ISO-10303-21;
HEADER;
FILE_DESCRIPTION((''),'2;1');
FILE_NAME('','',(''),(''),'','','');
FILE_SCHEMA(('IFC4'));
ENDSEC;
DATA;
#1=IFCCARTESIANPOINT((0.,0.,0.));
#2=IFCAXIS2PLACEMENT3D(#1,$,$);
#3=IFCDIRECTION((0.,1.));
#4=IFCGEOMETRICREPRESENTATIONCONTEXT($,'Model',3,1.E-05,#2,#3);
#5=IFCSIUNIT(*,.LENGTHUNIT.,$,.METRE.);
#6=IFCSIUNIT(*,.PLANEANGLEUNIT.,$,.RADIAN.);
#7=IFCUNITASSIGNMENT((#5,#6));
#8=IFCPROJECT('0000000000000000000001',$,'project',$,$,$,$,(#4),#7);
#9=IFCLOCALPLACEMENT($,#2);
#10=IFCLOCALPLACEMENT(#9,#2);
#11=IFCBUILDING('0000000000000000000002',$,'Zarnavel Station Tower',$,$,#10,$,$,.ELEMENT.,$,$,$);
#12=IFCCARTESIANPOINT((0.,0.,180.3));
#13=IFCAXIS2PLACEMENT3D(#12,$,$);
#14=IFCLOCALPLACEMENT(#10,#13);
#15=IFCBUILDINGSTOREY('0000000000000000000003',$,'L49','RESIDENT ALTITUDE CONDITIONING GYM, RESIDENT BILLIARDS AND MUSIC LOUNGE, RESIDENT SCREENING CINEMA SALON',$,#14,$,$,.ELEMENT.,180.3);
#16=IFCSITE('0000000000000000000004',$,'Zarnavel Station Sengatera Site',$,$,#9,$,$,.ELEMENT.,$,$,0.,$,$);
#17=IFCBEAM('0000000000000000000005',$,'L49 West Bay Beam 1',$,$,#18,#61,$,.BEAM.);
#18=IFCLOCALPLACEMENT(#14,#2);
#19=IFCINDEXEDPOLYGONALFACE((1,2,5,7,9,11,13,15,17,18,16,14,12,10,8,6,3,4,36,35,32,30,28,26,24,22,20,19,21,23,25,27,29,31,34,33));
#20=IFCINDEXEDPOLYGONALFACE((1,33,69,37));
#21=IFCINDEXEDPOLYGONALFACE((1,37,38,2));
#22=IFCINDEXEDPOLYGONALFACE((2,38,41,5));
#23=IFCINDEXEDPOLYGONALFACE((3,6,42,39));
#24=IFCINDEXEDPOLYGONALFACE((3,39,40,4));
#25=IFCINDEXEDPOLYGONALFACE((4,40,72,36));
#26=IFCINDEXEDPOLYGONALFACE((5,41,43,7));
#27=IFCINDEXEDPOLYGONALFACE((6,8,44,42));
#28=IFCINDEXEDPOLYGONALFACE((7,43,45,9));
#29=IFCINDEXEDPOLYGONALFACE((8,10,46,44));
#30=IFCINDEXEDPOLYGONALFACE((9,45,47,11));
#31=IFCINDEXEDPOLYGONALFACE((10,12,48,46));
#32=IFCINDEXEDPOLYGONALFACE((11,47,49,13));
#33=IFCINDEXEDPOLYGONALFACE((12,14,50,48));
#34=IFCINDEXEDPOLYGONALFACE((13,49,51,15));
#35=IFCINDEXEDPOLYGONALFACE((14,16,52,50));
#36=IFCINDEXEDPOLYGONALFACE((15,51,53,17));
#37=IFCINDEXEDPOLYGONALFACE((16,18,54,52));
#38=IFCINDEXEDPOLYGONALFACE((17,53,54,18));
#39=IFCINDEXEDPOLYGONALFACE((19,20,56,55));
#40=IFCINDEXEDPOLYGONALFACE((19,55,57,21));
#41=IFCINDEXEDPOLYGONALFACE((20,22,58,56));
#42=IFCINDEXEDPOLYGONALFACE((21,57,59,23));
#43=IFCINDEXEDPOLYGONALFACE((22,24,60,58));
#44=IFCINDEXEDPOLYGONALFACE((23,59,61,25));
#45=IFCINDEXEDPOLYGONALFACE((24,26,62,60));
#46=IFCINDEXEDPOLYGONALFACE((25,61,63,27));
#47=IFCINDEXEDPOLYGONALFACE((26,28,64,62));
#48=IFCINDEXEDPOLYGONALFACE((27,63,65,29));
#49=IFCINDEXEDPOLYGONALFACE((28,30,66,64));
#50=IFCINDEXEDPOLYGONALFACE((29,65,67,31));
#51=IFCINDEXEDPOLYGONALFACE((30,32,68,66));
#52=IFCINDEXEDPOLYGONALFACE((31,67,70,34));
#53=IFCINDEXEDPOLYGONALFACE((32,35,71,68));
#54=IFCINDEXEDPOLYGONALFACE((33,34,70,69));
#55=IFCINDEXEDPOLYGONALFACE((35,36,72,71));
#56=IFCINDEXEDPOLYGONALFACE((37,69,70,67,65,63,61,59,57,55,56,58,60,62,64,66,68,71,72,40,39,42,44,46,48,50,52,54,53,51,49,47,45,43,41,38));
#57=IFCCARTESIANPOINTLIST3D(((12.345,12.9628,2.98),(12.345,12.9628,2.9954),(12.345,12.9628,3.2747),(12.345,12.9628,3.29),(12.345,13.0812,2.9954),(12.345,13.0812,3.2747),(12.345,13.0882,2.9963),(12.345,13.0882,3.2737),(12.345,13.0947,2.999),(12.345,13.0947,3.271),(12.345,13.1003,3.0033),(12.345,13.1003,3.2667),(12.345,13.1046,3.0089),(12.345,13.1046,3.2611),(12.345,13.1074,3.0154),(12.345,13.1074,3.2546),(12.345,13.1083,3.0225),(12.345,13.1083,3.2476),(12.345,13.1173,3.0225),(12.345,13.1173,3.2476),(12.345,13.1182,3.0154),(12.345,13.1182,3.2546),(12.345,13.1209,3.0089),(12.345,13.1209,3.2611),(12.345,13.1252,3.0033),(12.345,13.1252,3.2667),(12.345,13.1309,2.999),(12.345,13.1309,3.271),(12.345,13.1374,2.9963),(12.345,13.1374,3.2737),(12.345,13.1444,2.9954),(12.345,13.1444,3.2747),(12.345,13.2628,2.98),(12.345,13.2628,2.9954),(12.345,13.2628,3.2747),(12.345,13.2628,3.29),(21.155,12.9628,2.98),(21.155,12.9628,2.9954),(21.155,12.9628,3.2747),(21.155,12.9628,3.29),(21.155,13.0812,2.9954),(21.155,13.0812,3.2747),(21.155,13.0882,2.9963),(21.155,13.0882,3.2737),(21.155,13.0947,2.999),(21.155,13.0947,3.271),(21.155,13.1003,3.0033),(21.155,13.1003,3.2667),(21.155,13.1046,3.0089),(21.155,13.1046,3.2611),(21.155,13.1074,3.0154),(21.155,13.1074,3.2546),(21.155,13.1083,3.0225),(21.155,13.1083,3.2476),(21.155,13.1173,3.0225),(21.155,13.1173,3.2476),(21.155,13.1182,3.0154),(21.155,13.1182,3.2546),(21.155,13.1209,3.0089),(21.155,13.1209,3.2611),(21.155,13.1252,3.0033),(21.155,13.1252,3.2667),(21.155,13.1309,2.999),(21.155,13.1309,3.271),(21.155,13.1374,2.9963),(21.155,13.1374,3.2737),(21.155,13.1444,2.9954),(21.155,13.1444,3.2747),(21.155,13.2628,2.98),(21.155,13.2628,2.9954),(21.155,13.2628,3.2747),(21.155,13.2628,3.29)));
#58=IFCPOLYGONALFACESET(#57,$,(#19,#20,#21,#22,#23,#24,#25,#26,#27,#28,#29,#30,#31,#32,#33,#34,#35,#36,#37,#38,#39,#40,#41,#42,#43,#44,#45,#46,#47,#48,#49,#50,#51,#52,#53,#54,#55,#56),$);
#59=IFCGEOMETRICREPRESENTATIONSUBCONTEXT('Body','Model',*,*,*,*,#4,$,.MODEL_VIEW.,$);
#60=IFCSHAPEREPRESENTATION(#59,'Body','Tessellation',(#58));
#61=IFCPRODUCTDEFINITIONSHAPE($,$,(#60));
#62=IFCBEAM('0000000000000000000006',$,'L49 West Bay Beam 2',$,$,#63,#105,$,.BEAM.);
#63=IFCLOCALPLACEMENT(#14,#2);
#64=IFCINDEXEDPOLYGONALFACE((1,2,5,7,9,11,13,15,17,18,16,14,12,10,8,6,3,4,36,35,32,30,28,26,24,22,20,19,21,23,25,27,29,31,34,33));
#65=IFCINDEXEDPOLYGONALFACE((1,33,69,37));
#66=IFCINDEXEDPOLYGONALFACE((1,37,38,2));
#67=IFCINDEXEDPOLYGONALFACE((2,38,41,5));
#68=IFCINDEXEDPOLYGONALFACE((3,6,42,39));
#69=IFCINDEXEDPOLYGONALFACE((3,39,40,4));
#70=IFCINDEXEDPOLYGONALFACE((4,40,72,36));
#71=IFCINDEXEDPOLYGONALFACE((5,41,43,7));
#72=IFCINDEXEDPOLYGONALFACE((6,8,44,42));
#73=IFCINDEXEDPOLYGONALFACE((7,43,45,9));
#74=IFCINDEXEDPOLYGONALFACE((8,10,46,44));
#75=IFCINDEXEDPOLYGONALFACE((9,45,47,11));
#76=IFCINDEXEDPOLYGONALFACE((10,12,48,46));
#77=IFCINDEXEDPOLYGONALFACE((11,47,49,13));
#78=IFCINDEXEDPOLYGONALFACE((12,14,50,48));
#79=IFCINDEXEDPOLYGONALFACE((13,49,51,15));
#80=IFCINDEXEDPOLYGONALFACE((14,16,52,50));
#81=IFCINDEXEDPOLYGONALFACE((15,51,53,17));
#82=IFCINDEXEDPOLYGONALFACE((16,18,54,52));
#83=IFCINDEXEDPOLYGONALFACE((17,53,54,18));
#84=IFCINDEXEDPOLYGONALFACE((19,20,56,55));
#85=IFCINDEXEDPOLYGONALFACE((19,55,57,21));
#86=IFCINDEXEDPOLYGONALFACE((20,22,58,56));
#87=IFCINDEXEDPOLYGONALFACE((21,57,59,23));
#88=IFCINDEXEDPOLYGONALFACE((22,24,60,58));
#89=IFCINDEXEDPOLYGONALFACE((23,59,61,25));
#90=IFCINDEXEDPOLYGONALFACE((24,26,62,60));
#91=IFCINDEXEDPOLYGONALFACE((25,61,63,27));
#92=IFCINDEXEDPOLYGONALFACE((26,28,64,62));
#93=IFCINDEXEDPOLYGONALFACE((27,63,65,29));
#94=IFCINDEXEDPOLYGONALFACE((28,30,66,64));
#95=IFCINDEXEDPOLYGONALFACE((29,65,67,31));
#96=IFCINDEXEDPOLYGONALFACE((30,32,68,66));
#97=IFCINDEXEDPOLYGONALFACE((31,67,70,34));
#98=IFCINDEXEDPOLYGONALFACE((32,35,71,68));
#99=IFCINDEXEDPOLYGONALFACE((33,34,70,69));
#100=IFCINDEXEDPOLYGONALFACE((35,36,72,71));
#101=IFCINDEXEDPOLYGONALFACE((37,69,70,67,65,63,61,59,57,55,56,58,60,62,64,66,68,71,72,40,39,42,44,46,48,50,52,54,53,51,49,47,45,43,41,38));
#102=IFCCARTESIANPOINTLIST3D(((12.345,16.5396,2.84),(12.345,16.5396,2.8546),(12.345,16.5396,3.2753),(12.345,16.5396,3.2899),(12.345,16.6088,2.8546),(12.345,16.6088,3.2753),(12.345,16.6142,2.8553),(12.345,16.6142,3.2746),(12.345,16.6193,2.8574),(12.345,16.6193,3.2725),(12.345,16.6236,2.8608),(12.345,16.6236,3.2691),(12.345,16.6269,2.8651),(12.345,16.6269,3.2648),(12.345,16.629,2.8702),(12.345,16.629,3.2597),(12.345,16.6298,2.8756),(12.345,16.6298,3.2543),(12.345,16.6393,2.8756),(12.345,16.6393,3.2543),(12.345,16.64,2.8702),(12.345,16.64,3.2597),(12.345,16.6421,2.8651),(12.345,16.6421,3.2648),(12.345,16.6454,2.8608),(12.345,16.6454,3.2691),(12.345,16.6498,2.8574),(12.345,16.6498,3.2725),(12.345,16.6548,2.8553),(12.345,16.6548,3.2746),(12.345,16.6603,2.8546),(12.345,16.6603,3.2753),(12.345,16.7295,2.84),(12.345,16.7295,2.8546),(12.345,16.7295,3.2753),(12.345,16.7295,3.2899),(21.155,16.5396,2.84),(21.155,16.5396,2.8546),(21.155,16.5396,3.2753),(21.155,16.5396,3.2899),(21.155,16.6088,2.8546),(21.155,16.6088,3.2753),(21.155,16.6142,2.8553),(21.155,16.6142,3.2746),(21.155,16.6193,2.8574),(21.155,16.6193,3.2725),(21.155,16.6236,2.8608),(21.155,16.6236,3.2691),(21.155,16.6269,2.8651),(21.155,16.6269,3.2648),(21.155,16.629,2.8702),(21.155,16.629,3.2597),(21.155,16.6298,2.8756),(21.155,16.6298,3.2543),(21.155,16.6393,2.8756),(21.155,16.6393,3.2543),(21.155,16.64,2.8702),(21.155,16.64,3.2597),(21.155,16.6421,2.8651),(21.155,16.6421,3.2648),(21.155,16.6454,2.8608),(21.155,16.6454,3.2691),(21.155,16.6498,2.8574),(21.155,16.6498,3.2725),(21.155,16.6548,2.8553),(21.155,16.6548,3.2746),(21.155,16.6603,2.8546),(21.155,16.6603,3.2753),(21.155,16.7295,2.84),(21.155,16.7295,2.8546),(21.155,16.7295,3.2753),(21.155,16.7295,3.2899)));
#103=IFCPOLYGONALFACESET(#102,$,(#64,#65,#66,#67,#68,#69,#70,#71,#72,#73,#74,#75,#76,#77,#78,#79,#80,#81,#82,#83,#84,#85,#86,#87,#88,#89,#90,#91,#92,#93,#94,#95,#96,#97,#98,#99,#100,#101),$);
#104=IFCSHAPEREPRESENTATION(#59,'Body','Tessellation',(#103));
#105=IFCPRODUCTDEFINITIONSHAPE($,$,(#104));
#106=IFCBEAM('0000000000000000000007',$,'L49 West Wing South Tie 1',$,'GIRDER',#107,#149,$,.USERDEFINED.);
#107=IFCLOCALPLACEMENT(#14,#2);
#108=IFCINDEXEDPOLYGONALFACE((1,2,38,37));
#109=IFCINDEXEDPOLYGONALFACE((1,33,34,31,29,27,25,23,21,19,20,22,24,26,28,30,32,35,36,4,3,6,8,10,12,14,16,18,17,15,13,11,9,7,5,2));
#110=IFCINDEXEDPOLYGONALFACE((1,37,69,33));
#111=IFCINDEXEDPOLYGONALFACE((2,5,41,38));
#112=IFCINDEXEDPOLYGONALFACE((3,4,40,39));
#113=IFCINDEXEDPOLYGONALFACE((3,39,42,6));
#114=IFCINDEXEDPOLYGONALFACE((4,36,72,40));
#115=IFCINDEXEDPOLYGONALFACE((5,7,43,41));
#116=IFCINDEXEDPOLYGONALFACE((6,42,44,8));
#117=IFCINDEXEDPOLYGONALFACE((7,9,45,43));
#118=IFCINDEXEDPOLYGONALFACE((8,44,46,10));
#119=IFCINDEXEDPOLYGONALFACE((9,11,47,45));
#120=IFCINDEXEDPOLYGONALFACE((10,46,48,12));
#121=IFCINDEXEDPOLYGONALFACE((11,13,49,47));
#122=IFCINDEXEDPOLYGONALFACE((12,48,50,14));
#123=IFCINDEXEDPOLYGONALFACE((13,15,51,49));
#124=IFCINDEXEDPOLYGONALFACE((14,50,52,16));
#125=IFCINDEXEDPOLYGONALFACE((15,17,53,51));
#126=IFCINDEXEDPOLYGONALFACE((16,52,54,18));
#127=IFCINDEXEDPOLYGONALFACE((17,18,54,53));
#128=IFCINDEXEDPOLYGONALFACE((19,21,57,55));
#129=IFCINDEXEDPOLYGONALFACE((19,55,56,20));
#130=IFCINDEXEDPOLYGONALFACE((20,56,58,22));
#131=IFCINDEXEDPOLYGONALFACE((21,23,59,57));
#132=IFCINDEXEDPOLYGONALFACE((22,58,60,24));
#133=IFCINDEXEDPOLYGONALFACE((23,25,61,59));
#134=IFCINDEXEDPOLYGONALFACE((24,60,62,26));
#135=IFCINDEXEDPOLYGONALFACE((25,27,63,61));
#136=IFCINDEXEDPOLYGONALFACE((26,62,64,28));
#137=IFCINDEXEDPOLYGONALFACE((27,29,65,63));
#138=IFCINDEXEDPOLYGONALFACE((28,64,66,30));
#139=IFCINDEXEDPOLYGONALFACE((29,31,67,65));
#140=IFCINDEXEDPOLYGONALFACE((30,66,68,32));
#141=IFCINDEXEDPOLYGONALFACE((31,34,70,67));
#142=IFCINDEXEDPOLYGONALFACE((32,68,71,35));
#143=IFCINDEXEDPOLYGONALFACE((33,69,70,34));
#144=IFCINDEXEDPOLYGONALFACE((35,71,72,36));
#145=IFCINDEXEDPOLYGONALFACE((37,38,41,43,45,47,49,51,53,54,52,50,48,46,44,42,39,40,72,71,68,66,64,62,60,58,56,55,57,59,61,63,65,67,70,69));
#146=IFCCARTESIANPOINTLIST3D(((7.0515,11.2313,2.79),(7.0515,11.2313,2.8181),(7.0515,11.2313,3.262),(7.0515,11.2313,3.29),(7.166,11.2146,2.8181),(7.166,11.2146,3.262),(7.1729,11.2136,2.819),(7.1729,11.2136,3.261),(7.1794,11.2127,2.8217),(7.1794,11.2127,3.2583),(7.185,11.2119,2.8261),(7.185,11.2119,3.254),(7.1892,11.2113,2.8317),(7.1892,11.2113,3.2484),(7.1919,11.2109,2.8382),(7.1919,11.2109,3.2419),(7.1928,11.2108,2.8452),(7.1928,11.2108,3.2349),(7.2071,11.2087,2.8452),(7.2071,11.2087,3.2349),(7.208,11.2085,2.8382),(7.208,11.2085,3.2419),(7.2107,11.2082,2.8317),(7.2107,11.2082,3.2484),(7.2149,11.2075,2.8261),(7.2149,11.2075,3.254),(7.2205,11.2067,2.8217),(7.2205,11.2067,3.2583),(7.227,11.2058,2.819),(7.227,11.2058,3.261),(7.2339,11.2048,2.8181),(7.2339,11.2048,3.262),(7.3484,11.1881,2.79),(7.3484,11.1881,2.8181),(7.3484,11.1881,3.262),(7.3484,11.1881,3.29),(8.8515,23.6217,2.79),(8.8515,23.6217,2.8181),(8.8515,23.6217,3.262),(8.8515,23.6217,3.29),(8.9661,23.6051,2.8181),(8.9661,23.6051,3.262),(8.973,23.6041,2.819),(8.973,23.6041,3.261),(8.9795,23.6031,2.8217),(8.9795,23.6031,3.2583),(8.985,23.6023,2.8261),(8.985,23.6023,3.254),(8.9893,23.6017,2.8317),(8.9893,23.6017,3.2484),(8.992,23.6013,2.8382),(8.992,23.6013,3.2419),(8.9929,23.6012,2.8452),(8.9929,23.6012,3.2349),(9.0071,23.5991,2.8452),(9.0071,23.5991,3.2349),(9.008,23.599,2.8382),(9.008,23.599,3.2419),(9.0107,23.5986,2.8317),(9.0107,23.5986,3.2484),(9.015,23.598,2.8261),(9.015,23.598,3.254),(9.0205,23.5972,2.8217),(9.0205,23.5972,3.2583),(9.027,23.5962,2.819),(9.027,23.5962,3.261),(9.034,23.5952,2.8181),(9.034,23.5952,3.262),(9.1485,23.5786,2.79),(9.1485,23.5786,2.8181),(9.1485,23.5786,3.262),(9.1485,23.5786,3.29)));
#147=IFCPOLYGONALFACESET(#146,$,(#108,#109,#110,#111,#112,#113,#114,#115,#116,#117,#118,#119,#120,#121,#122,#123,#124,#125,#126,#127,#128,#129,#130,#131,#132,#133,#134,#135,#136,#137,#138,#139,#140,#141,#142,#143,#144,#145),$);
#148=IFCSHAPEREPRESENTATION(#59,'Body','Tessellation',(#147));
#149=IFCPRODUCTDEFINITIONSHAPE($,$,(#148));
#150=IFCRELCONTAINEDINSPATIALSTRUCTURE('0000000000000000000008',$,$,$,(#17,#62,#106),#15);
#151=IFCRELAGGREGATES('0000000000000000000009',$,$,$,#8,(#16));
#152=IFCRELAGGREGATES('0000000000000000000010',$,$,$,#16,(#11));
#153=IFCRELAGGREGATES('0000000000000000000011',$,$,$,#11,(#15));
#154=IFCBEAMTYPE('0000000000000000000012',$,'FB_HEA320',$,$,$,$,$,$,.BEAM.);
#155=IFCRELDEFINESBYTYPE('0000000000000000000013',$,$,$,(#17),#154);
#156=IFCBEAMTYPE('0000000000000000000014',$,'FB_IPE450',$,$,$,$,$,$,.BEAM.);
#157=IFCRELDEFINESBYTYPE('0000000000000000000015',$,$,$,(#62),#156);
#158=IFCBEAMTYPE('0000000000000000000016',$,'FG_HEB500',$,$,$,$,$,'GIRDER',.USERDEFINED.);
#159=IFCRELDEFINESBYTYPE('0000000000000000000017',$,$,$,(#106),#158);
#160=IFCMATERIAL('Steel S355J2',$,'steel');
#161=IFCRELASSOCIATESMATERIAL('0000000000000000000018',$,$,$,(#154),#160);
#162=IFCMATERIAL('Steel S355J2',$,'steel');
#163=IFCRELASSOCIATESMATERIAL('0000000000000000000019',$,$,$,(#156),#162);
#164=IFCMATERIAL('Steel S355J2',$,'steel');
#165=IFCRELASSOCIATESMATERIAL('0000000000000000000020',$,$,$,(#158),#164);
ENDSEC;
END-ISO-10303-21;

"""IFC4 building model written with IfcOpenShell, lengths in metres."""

from ifc_helpers import new_model, si_unit, direction, frame, origin, origin_2d, place, context, subcontext, project, spatial, i_section, extrude, material, material_profile, profile_set, type_object, element, save


model = new_model("IFC4")

# Units and contexts
model_context = context("Model", 3, precision=1e-05, world=origin(), true_north=direction((0.0, 1.0)))
body_context = subcontext(model_context, "Body", "Model", "MODEL_VIEW")
ifc_project = project(units=[si_unit("LENGTHUNIT", "METRE"), si_unit("PLANEANGLEUNIT", "RADIAN")], contexts=[model_context])

# Site, building, storey
site_placement = place(None, origin())
site = spatial("IfcSite", under=ifc_project, at=site_placement, Name="Zarnavel Station Sengatera Site", CompositionType="ELEMENT", RefElevation=0.0)
building_placement = place(site_placement, origin())
building = spatial("IfcBuilding", under=site, at=building_placement, Name="Zarnavel Station Tower", CompositionType="ELEMENT")
storey_placement = place(building_placement, frame((0.0, 0.0, 180.3)))
storey = spatial("IfcBuildingStorey", under=building, at=storey_placement, Name="L49", Description="RESIDENT ALTITUDE CONDITIONING GYM, RESIDENT BILLIARDS AND MUSIC LOUNGE, RESIDENT SCREENING CINEMA SALON", CompositionType="ELEMENT", Elevation=180.3)

# Beams
ifc_material_1 = material(Name="Steel S355J2", Category="steel")
ifc_material_profile_1 = material_profile(ifc_material_1, i_section(OverallWidth=0.3, OverallDepth=0.3101, WebThickness=0.009, FlangeThickness=0.0154, FilletRadius=0.0271, at=origin_2d()), Name="HEA320")
ifc_profile_set_1 = profile_set([ifc_material_profile_1], Name="Steel S355J2")
beam_type_1 = type_object("IfcBeamType", Name="FB_HEA320", PredefinedType="BEAM", material=ifc_profile_set_1)
beam_1_placement = place(storey_placement, frame((12.345, 13.1128, 3.135), z_axis=(1.0, 0.0, 0.0), x_axis=(0.0, 1.0, 0.0)))
element("IfcBeam", 1, at=beam_1_placement, inside=storey, type_object=beam_type_1, Name="L49 West Bay Beam 1", PredefinedType="BEAM", context=body_context, shape_type="SweptSolid", body=[
    extrude(i_section(OverallWidth=0.3, OverallDepth=0.3101, WebThickness=0.009, FlangeThickness=0.0154, FilletRadius=0.0271, at=origin_2d()), origin(), (0.0, 0.0, 1.0), 8.8101),
])
ifc_material_2 = material(Name="Steel S355J2", Category="steel")
ifc_material_profile_2 = material_profile(ifc_material_2, i_section(OverallWidth=0.1899, OverallDepth=0.45, WebThickness=0.0095, FlangeThickness=0.0146, FilletRadius=0.021, at=origin_2d()), Name="IPE450")
ifc_profile_set_2 = profile_set([ifc_material_profile_2], Name="Steel S355J2")
beam_type_2 = type_object("IfcBeamType", Name="FB_IPE450", PredefinedType="BEAM", material=ifc_profile_set_2)
beam_2_placement = place(storey_placement, frame((12.345, 16.6345, 3.0649), z_axis=(1.0, 0.0, 0.0), x_axis=(0.0, 1.0, 0.0)))
element("IfcBeam", 2, at=beam_2_placement, inside=storey, type_object=beam_type_2, Name="L49 West Bay Beam 2", PredefinedType="BEAM", context=body_context, shape_type="SweptSolid", body=[
    extrude(i_section(OverallWidth=0.1899, OverallDepth=0.45, WebThickness=0.0095, FlangeThickness=0.0146, FilletRadius=0.021, at=origin_2d()), origin(), (0.0, 0.0, 1.0), 8.8101),
])
ifc_material_3 = material(Name="Steel S355J2", Category="steel")
ifc_material_profile_3 = material_profile(ifc_material_3, i_section(OverallWidth=0.3, OverallDepth=0.5, WebThickness=0.0144, FlangeThickness=0.0281, FilletRadius=0.0271, at=origin_2d()), Name="HEB500")
ifc_profile_set_3 = profile_set([ifc_material_profile_3], Name="Steel S355J2")
beam_type_3 = type_object("IfcBeamType", Name="FG_HEB500", ElementType="GIRDER", PredefinedType="USERDEFINED", material=ifc_profile_set_3)
beam_3_placement = place(storey_placement, frame((7.2, 11.2097, 3.04), z_axis=(0.143769, 0.989611, 0.0), x_axis=(-0.989611, 0.143769, 0.0)))
element("IfcBeam", 3, at=beam_3_placement, inside=storey, type_object=beam_type_3, Name="L49 West Wing South Tie 1", ObjectType="GIRDER", PredefinedType="USERDEFINED", context=body_context, shape_type="SweptSolid", body=[
    extrude(i_section(OverallWidth=0.3, OverallDepth=0.5, WebThickness=0.0144, FlangeThickness=0.0281, FilletRadius=0.0271, at=origin_2d()), origin(), (0.0, 0.0, 1.0), 12.5205),
])

save(model, "model.ifc")
